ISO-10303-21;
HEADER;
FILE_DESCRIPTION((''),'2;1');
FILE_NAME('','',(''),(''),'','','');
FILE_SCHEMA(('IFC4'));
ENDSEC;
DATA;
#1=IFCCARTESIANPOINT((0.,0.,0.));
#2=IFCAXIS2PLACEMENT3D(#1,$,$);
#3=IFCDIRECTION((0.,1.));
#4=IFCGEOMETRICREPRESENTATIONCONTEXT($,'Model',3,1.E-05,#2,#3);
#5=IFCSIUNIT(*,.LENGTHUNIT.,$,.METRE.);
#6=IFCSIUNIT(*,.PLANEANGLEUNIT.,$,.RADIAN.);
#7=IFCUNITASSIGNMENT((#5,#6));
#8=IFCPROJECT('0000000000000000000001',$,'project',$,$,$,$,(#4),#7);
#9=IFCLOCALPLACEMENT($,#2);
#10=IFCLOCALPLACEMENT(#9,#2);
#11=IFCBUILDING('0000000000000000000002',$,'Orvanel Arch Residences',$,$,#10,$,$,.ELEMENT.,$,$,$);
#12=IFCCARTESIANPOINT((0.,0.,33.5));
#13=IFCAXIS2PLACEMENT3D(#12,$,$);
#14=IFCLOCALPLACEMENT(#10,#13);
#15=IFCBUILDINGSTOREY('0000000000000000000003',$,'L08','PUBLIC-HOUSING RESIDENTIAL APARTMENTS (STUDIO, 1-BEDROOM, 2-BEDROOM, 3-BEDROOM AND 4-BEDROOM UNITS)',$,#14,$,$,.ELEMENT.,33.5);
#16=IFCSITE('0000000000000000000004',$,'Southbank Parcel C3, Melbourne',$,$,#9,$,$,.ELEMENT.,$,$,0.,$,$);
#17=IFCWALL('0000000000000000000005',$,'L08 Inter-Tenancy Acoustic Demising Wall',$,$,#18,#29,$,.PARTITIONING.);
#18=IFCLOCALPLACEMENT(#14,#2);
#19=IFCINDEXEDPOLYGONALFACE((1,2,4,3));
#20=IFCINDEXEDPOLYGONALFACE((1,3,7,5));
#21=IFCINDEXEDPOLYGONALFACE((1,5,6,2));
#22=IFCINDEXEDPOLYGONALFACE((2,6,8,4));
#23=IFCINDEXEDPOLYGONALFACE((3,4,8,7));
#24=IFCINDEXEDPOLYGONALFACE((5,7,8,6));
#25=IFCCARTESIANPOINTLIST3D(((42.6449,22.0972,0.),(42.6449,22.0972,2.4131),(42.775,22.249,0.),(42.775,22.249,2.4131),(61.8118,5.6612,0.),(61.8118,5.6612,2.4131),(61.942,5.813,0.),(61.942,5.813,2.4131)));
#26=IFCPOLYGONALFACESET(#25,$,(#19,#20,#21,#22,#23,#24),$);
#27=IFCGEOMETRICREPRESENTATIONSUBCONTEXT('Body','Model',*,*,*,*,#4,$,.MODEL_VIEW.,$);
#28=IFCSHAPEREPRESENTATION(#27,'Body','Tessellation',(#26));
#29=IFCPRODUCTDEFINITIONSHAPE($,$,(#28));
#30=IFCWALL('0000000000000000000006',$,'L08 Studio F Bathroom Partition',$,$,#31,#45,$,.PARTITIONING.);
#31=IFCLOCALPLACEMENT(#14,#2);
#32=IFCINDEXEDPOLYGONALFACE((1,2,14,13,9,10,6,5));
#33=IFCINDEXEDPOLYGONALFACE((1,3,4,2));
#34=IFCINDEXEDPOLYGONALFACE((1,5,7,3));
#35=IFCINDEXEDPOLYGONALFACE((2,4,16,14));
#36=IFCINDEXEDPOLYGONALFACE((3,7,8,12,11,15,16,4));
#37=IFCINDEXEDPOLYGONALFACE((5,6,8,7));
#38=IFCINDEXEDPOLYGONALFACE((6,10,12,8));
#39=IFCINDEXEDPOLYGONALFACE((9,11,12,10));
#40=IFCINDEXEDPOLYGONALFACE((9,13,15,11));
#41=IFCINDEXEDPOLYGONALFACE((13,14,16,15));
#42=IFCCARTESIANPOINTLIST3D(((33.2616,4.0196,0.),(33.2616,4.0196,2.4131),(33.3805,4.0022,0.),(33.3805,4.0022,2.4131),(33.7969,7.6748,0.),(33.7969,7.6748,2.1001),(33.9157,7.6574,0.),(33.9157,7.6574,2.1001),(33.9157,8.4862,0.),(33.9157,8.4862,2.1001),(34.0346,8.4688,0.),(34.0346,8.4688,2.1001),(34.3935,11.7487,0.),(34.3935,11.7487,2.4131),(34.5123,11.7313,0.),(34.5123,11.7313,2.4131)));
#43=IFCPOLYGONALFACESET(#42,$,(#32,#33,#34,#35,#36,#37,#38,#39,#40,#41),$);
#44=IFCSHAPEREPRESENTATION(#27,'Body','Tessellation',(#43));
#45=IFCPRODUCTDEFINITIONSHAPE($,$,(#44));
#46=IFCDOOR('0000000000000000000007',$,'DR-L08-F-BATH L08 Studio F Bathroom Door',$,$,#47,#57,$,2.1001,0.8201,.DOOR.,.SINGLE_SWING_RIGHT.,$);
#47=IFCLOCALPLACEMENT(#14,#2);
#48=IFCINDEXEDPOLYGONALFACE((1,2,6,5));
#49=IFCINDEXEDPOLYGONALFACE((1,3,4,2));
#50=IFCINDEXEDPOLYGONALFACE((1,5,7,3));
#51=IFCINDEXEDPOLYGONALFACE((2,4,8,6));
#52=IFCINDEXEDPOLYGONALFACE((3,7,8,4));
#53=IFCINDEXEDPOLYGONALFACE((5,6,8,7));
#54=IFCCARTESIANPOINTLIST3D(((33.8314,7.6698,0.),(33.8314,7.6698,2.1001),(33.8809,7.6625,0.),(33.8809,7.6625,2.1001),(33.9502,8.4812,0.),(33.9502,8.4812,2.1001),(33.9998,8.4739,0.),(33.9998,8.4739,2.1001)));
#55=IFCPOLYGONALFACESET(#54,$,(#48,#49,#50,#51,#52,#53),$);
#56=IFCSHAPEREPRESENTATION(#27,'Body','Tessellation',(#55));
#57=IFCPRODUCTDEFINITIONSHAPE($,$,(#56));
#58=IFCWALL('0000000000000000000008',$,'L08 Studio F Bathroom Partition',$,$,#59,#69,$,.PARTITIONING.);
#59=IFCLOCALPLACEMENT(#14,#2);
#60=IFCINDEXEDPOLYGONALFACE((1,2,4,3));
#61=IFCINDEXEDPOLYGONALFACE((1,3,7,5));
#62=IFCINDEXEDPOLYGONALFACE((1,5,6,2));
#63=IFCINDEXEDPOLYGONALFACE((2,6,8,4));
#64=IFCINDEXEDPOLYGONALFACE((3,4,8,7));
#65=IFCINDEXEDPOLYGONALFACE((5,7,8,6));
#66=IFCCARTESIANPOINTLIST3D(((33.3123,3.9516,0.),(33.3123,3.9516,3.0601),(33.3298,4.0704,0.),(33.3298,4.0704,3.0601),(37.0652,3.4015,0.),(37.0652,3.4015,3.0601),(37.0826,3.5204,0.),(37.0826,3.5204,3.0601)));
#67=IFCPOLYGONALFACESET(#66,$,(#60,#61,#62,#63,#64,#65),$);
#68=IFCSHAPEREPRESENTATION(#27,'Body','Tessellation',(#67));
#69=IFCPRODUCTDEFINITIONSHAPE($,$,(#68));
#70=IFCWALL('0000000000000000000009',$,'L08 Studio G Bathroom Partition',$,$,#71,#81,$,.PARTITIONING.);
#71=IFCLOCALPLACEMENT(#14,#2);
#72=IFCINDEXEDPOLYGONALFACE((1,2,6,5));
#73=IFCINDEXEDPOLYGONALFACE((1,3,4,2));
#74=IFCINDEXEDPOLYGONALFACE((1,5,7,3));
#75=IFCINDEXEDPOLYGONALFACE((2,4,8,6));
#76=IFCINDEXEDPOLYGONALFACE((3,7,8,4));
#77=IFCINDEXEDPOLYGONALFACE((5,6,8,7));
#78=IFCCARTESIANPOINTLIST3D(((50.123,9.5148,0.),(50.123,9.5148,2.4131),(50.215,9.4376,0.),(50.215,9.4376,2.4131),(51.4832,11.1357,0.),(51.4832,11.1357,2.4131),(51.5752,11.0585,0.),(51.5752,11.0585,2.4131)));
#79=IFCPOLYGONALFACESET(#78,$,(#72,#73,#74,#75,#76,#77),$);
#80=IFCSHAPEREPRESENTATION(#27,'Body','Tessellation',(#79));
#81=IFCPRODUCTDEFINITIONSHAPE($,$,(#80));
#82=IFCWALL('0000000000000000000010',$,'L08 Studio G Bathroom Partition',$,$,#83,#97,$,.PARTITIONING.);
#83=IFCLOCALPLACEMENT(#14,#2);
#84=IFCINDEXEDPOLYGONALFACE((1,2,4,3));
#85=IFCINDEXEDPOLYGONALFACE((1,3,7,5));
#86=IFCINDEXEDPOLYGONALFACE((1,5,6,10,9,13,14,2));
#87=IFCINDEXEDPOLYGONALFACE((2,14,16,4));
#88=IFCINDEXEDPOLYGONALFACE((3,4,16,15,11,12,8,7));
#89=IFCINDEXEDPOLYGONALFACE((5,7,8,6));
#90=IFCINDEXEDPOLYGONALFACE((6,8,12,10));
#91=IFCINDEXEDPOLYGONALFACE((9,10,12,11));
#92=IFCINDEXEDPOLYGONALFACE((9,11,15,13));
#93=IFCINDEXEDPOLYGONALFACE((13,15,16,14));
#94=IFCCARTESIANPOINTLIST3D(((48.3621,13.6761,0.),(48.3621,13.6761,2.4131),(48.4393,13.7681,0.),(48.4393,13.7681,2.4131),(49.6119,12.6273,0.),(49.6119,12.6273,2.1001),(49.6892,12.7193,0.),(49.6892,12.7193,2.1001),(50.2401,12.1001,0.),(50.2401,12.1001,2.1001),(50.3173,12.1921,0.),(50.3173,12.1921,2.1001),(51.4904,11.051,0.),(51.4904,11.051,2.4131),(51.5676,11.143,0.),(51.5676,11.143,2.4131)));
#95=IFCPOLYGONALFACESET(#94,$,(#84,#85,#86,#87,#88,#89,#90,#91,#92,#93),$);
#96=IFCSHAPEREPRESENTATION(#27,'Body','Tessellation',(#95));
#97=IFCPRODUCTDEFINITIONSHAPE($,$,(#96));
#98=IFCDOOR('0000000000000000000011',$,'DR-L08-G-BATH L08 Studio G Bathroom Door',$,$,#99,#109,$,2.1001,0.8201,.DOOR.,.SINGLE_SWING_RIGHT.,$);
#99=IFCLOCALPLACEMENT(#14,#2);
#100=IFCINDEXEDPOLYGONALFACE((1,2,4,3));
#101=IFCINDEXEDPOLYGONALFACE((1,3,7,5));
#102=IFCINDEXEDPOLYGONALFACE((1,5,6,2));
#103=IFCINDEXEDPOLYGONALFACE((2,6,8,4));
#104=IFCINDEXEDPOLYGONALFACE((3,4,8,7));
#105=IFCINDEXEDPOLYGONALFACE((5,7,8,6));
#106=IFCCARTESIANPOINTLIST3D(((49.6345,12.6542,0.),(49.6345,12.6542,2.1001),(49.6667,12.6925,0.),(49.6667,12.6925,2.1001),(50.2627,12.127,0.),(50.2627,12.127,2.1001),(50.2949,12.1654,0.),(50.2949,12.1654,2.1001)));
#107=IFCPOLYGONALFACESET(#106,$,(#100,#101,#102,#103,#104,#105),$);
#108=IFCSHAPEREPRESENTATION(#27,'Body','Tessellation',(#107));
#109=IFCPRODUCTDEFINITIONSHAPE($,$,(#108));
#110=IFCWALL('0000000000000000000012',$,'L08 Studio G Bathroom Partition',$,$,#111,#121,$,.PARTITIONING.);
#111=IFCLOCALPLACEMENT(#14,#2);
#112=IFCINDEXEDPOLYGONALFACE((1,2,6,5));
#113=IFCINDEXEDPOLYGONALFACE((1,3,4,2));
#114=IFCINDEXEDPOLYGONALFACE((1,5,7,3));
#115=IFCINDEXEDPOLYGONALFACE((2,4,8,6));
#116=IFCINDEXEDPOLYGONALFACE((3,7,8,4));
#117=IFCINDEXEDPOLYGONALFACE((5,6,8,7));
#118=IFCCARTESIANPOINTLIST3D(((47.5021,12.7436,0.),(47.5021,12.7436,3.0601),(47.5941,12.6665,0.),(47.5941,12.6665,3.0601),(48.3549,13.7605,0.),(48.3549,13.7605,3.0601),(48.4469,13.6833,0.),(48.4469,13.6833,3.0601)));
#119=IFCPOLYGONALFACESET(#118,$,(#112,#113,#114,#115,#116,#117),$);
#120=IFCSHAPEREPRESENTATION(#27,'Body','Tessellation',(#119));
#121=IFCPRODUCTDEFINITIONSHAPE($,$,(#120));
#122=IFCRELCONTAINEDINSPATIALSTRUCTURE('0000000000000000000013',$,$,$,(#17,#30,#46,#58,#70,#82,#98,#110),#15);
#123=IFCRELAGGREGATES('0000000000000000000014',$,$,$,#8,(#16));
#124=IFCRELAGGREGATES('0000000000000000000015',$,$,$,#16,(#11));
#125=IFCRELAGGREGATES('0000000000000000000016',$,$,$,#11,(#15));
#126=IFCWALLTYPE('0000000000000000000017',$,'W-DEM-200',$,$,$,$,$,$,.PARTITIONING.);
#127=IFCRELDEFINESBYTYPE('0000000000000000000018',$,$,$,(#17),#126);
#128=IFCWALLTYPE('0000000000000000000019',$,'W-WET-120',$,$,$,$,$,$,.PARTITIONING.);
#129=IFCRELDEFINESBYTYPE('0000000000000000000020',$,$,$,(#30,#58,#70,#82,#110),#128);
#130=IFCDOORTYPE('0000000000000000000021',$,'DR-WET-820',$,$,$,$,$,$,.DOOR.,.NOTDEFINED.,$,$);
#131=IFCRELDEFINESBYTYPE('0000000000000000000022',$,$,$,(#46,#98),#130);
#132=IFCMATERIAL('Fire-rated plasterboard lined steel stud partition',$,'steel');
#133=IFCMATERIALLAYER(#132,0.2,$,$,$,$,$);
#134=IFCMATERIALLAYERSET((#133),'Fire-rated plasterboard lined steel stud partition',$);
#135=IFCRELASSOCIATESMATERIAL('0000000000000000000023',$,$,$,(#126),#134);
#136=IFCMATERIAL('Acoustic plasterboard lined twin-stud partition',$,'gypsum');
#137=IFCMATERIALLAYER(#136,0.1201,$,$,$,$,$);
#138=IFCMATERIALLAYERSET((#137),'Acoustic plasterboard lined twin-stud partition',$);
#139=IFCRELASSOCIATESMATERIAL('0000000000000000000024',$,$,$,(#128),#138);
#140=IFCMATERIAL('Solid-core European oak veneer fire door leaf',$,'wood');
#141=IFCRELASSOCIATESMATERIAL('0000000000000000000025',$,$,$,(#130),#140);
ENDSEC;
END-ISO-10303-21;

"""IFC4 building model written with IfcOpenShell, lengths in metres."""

from ifc_helpers import new_model, si_unit, direction, frame, frame_2d, origin, place, context, subcontext, project, spatial, rectangle, extrude, material, layer, layer_set, type_object, element, fill, save


model = new_model("IFC4")

# Units and contexts
model_context = context("Model", 3, precision=1e-05, world=origin(), true_north=direction((0.0, 1.0)))
body_context = subcontext(model_context, "Body", "Model", "MODEL_VIEW")
ifc_project = project(units=[si_unit("LENGTHUNIT", "METRE"), si_unit("PLANEANGLEUNIT", "RADIAN")], contexts=[model_context])

# Site, building, storey
site_placement = place(None, origin())
site = spatial("IfcSite", under=ifc_project, at=site_placement, Name="Southbank Parcel C3, Melbourne", CompositionType="ELEMENT", RefElevation=0.0)
building_placement = place(site_placement, origin())
building = spatial("IfcBuilding", under=site, at=building_placement, Name="Orvanel Arch Residences", CompositionType="ELEMENT")
storey_placement = place(building_placement, frame((0.0, 0.0, 33.5)))
storey = spatial("IfcBuildingStorey", under=building, at=storey_placement, Name="L08", Description="PUBLIC-HOUSING RESIDENTIAL APARTMENTS (STUDIO, 1-BEDROOM, 2-BEDROOM, 3-BEDROOM AND 4-BEDROOM UNITS)", CompositionType="ELEMENT", Elevation=33.5)

# Shared definitions
ifc_material_1 = material(Name="Fire-rated plasterboard lined steel stud partition", Category="steel")
ifc_material_2 = material(Name="Solid-core European oak veneer fire door leaf", Category="wood")

# Wall
ifc_layer_1 = layer(ifc_material_1, 0.2)
ifc_layer_set_1 = layer_set([ifc_layer_1], Name="Fire-rated plasterboard lined steel stud partition")
wall_type_1 = type_object("IfcWallType", Name="W-DEM-200", PredefinedType="PARTITIONING", material=ifc_layer_set_1)
wall_1_placement = place(storey_placement, frame((42.71, 22.1731, 0.0), z_axis=(0.0, 0.0, 1.0), x_axis=(0.759116, -0.650955, 0.0)))
element("IfcWall", 1, at=wall_1_placement, inside=storey, type_object=wall_type_1, Name="L08 Inter-Tenancy Acoustic Demising Wall", PredefinedType="PARTITIONING", context=body_context, shape_type="SweptSolid", body=[
    extrude(rectangle(XDim=25.249, YDim=0.2, at=frame_2d((12.6245, 0.0))), origin(), (0.0, 0.0, 1.0), 2.4131),
])

# Wall, opening, door
ifc_material_3 = material(Name="Acoustic plasterboard lined twin-stud partition", Category="gypsum")
ifc_layer_2 = layer(ifc_material_3, 0.1201)
ifc_layer_set_2 = layer_set([ifc_layer_2], Name="Acoustic plasterboard lined twin-stud partition")
wall_type_2 = type_object("IfcWallType", Name="W-WET-120", PredefinedType="PARTITIONING", material=ifc_layer_set_2)
wall_2_placement = place(storey_placement, frame((34.4529, 11.74, 0.0), z_axis=(0.0, 0.0, 1.0), x_axis=(-0.144895, -0.989447, 0.0)))
wall_2 = element("IfcWall", 2, at=wall_2_placement, inside=storey, type_object=wall_type_2, Name="L08 Studio F Bathroom Partition", PredefinedType="PARTITIONING", context=body_context, shape_type="SweptSolid", body=[
    extrude(rectangle(XDim=7.8115, YDim=0.1201, at=frame_2d((3.9058, 0.0))), origin(), (0.0, 0.0, 1.0), 2.4131),
])
opening_1_placement = place(wall_2_placement, frame((3.2971, 0.0, 0.0)))
opening_1 = element("IfcOpeningElement", 3, at=opening_1_placement, cuts=wall_2, PredefinedType="OPENING", context=body_context, shape_type="SweptSolid", body=[
    extrude(rectangle(XDim=0.8201, YDim=2.1001, at=frame_2d((0.4102, 1.05))), frame((0.0, 0.0701, 0.0), z_axis=(0.0, -1.0, 0.0), x_axis=(1.0, 0.0, 0.0)), (0.0, 0.0, 1.0), 0.1401),
])
door_type_1 = type_object("IfcDoorType", Name="DR-WET-820", OperationType="NOTDEFINED", PredefinedType="DOOR", material=ifc_material_2)
door_1_placement = place(opening_1_placement, origin())
door_1 = element("IfcDoor", 4, at=door_1_placement, inside=storey, type_object=door_type_1, Name="DR-L08-F-BATH L08 Studio F Bathroom Door", OperationType="SINGLE_SWING_RIGHT", OverallHeight=2.1001, OverallWidth=0.8201, PredefinedType="DOOR", context=body_context, shape_type="SweptSolid", body=[
    extrude(rectangle(XDim=0.8201, YDim=2.1001, at=frame_2d((0.4102, 1.05))), frame((0.0, 0.0249, 0.0), z_axis=(0.0, -1.0, 0.0), x_axis=(1.0, 0.0, 0.0)), (0.0, 0.0, 1.0), 0.05),
])
fill(opening_1, door_1)

# Walls
wall_3_placement = place(storey_placement, frame((33.321, 4.011, 0.0), z_axis=(0.0, 0.0, 1.0), x_axis=(0.989429, -0.145016, 0.0)))
element("IfcWall", 5, at=wall_3_placement, inside=storey, type_object=wall_type_2, Name="L08 Studio F Bathroom Partition", PredefinedType="PARTITIONING", context=body_context, shape_type="SweptSolid", body=[
    extrude(rectangle(XDim=3.793, YDim=0.1201, at=frame_2d((1.8965, 0.0))), origin(), (0.0, 0.0, 1.0), 3.0601),
])
wall_4_placement = place(storey_placement, frame((50.1689, 9.4761, 0.0), z_axis=(0.0, 0.0, 1.0), x_axis=(0.642802, 0.766032, 0.0)))
element("IfcWall", 6, at=wall_4_placement, inside=storey, type_object=wall_type_2, Name="L08 Studio G Bathroom Partition", PredefinedType="PARTITIONING", context=body_context, shape_type="SweptSolid", body=[
    extrude(rectangle(XDim=2.116, YDim=0.1201, at=frame_2d((1.0581, 0.0))), origin(), (0.0, 0.0, 1.0), 2.4131),
])

# Wall, opening, door
wall_5_placement = place(storey_placement, frame((51.5291, 11.0969, 0.0), z_axis=(0.0, 0.0, 1.0), x_axis=(-0.766026, 0.642809, 0.0)))
wall_5 = element("IfcWall", 7, at=wall_5_placement, inside=storey, type_object=wall_type_2, Name="L08 Studio G Bathroom Partition", PredefinedType="PARTITIONING", context=body_context, shape_type="SweptSolid", body=[
    extrude(rectangle(XDim=4.0837, YDim=0.1201, at=frame_2d((2.042, 0.0))), origin(), (0.0, 0.0, 1.0), 2.4131),
])
opening_2_placement = place(wall_5_placement, frame((1.6321, 0.0, 0.0)))
opening_2 = element("IfcOpeningElement", 8, at=opening_2_placement, cuts=wall_5, PredefinedType="OPENING", context=body_context, shape_type="SweptSolid", body=[
    extrude(rectangle(XDim=0.8201, YDim=2.1001, at=frame_2d((0.4102, 1.05))), frame((0.0, 0.0701, 0.0), z_axis=(0.0, -1.0, 0.0), x_axis=(1.0, 0.0, 0.0)), (0.0, 0.0, 1.0), 0.1401),
])
door_2_placement = place(opening_2_placement, origin())
door_2 = element("IfcDoor", 9, at=door_2_placement, inside=storey, type_object=door_type_1, Name="DR-L08-G-BATH L08 Studio G Bathroom Door", OperationType="SINGLE_SWING_RIGHT", OverallHeight=2.1001, OverallWidth=0.8201, PredefinedType="DOOR", context=body_context, shape_type="SweptSolid", body=[
    extrude(rectangle(XDim=0.8201, YDim=2.1001, at=frame_2d((0.4102, 1.05))), frame((0.0, 0.0249, 0.0), z_axis=(0.0, -1.0, 0.0), x_axis=(1.0, 0.0, 0.0)), (0.0, 0.0, 1.0), 0.05),
])
fill(opening_2, door_2)

# Wall
wall_6_placement = place(storey_placement, frame((48.4009, 13.7219, 0.0), z_axis=(0.0, 0.0, 1.0), x_axis=(-0.642588, -0.766212, 0.0)))
element("IfcWall", 10, at=wall_6_placement, inside=storey, type_object=wall_type_2, Name="L08 Studio G Bathroom Partition", PredefinedType="PARTITIONING", context=body_context, shape_type="SweptSolid", body=[
    extrude(rectangle(XDim=1.3271, YDim=0.1201, at=frame_2d((0.6636, 0.0))), origin(), (0.0, 0.0, 1.0), 3.0601),
])

save(model, "model.ifc")
